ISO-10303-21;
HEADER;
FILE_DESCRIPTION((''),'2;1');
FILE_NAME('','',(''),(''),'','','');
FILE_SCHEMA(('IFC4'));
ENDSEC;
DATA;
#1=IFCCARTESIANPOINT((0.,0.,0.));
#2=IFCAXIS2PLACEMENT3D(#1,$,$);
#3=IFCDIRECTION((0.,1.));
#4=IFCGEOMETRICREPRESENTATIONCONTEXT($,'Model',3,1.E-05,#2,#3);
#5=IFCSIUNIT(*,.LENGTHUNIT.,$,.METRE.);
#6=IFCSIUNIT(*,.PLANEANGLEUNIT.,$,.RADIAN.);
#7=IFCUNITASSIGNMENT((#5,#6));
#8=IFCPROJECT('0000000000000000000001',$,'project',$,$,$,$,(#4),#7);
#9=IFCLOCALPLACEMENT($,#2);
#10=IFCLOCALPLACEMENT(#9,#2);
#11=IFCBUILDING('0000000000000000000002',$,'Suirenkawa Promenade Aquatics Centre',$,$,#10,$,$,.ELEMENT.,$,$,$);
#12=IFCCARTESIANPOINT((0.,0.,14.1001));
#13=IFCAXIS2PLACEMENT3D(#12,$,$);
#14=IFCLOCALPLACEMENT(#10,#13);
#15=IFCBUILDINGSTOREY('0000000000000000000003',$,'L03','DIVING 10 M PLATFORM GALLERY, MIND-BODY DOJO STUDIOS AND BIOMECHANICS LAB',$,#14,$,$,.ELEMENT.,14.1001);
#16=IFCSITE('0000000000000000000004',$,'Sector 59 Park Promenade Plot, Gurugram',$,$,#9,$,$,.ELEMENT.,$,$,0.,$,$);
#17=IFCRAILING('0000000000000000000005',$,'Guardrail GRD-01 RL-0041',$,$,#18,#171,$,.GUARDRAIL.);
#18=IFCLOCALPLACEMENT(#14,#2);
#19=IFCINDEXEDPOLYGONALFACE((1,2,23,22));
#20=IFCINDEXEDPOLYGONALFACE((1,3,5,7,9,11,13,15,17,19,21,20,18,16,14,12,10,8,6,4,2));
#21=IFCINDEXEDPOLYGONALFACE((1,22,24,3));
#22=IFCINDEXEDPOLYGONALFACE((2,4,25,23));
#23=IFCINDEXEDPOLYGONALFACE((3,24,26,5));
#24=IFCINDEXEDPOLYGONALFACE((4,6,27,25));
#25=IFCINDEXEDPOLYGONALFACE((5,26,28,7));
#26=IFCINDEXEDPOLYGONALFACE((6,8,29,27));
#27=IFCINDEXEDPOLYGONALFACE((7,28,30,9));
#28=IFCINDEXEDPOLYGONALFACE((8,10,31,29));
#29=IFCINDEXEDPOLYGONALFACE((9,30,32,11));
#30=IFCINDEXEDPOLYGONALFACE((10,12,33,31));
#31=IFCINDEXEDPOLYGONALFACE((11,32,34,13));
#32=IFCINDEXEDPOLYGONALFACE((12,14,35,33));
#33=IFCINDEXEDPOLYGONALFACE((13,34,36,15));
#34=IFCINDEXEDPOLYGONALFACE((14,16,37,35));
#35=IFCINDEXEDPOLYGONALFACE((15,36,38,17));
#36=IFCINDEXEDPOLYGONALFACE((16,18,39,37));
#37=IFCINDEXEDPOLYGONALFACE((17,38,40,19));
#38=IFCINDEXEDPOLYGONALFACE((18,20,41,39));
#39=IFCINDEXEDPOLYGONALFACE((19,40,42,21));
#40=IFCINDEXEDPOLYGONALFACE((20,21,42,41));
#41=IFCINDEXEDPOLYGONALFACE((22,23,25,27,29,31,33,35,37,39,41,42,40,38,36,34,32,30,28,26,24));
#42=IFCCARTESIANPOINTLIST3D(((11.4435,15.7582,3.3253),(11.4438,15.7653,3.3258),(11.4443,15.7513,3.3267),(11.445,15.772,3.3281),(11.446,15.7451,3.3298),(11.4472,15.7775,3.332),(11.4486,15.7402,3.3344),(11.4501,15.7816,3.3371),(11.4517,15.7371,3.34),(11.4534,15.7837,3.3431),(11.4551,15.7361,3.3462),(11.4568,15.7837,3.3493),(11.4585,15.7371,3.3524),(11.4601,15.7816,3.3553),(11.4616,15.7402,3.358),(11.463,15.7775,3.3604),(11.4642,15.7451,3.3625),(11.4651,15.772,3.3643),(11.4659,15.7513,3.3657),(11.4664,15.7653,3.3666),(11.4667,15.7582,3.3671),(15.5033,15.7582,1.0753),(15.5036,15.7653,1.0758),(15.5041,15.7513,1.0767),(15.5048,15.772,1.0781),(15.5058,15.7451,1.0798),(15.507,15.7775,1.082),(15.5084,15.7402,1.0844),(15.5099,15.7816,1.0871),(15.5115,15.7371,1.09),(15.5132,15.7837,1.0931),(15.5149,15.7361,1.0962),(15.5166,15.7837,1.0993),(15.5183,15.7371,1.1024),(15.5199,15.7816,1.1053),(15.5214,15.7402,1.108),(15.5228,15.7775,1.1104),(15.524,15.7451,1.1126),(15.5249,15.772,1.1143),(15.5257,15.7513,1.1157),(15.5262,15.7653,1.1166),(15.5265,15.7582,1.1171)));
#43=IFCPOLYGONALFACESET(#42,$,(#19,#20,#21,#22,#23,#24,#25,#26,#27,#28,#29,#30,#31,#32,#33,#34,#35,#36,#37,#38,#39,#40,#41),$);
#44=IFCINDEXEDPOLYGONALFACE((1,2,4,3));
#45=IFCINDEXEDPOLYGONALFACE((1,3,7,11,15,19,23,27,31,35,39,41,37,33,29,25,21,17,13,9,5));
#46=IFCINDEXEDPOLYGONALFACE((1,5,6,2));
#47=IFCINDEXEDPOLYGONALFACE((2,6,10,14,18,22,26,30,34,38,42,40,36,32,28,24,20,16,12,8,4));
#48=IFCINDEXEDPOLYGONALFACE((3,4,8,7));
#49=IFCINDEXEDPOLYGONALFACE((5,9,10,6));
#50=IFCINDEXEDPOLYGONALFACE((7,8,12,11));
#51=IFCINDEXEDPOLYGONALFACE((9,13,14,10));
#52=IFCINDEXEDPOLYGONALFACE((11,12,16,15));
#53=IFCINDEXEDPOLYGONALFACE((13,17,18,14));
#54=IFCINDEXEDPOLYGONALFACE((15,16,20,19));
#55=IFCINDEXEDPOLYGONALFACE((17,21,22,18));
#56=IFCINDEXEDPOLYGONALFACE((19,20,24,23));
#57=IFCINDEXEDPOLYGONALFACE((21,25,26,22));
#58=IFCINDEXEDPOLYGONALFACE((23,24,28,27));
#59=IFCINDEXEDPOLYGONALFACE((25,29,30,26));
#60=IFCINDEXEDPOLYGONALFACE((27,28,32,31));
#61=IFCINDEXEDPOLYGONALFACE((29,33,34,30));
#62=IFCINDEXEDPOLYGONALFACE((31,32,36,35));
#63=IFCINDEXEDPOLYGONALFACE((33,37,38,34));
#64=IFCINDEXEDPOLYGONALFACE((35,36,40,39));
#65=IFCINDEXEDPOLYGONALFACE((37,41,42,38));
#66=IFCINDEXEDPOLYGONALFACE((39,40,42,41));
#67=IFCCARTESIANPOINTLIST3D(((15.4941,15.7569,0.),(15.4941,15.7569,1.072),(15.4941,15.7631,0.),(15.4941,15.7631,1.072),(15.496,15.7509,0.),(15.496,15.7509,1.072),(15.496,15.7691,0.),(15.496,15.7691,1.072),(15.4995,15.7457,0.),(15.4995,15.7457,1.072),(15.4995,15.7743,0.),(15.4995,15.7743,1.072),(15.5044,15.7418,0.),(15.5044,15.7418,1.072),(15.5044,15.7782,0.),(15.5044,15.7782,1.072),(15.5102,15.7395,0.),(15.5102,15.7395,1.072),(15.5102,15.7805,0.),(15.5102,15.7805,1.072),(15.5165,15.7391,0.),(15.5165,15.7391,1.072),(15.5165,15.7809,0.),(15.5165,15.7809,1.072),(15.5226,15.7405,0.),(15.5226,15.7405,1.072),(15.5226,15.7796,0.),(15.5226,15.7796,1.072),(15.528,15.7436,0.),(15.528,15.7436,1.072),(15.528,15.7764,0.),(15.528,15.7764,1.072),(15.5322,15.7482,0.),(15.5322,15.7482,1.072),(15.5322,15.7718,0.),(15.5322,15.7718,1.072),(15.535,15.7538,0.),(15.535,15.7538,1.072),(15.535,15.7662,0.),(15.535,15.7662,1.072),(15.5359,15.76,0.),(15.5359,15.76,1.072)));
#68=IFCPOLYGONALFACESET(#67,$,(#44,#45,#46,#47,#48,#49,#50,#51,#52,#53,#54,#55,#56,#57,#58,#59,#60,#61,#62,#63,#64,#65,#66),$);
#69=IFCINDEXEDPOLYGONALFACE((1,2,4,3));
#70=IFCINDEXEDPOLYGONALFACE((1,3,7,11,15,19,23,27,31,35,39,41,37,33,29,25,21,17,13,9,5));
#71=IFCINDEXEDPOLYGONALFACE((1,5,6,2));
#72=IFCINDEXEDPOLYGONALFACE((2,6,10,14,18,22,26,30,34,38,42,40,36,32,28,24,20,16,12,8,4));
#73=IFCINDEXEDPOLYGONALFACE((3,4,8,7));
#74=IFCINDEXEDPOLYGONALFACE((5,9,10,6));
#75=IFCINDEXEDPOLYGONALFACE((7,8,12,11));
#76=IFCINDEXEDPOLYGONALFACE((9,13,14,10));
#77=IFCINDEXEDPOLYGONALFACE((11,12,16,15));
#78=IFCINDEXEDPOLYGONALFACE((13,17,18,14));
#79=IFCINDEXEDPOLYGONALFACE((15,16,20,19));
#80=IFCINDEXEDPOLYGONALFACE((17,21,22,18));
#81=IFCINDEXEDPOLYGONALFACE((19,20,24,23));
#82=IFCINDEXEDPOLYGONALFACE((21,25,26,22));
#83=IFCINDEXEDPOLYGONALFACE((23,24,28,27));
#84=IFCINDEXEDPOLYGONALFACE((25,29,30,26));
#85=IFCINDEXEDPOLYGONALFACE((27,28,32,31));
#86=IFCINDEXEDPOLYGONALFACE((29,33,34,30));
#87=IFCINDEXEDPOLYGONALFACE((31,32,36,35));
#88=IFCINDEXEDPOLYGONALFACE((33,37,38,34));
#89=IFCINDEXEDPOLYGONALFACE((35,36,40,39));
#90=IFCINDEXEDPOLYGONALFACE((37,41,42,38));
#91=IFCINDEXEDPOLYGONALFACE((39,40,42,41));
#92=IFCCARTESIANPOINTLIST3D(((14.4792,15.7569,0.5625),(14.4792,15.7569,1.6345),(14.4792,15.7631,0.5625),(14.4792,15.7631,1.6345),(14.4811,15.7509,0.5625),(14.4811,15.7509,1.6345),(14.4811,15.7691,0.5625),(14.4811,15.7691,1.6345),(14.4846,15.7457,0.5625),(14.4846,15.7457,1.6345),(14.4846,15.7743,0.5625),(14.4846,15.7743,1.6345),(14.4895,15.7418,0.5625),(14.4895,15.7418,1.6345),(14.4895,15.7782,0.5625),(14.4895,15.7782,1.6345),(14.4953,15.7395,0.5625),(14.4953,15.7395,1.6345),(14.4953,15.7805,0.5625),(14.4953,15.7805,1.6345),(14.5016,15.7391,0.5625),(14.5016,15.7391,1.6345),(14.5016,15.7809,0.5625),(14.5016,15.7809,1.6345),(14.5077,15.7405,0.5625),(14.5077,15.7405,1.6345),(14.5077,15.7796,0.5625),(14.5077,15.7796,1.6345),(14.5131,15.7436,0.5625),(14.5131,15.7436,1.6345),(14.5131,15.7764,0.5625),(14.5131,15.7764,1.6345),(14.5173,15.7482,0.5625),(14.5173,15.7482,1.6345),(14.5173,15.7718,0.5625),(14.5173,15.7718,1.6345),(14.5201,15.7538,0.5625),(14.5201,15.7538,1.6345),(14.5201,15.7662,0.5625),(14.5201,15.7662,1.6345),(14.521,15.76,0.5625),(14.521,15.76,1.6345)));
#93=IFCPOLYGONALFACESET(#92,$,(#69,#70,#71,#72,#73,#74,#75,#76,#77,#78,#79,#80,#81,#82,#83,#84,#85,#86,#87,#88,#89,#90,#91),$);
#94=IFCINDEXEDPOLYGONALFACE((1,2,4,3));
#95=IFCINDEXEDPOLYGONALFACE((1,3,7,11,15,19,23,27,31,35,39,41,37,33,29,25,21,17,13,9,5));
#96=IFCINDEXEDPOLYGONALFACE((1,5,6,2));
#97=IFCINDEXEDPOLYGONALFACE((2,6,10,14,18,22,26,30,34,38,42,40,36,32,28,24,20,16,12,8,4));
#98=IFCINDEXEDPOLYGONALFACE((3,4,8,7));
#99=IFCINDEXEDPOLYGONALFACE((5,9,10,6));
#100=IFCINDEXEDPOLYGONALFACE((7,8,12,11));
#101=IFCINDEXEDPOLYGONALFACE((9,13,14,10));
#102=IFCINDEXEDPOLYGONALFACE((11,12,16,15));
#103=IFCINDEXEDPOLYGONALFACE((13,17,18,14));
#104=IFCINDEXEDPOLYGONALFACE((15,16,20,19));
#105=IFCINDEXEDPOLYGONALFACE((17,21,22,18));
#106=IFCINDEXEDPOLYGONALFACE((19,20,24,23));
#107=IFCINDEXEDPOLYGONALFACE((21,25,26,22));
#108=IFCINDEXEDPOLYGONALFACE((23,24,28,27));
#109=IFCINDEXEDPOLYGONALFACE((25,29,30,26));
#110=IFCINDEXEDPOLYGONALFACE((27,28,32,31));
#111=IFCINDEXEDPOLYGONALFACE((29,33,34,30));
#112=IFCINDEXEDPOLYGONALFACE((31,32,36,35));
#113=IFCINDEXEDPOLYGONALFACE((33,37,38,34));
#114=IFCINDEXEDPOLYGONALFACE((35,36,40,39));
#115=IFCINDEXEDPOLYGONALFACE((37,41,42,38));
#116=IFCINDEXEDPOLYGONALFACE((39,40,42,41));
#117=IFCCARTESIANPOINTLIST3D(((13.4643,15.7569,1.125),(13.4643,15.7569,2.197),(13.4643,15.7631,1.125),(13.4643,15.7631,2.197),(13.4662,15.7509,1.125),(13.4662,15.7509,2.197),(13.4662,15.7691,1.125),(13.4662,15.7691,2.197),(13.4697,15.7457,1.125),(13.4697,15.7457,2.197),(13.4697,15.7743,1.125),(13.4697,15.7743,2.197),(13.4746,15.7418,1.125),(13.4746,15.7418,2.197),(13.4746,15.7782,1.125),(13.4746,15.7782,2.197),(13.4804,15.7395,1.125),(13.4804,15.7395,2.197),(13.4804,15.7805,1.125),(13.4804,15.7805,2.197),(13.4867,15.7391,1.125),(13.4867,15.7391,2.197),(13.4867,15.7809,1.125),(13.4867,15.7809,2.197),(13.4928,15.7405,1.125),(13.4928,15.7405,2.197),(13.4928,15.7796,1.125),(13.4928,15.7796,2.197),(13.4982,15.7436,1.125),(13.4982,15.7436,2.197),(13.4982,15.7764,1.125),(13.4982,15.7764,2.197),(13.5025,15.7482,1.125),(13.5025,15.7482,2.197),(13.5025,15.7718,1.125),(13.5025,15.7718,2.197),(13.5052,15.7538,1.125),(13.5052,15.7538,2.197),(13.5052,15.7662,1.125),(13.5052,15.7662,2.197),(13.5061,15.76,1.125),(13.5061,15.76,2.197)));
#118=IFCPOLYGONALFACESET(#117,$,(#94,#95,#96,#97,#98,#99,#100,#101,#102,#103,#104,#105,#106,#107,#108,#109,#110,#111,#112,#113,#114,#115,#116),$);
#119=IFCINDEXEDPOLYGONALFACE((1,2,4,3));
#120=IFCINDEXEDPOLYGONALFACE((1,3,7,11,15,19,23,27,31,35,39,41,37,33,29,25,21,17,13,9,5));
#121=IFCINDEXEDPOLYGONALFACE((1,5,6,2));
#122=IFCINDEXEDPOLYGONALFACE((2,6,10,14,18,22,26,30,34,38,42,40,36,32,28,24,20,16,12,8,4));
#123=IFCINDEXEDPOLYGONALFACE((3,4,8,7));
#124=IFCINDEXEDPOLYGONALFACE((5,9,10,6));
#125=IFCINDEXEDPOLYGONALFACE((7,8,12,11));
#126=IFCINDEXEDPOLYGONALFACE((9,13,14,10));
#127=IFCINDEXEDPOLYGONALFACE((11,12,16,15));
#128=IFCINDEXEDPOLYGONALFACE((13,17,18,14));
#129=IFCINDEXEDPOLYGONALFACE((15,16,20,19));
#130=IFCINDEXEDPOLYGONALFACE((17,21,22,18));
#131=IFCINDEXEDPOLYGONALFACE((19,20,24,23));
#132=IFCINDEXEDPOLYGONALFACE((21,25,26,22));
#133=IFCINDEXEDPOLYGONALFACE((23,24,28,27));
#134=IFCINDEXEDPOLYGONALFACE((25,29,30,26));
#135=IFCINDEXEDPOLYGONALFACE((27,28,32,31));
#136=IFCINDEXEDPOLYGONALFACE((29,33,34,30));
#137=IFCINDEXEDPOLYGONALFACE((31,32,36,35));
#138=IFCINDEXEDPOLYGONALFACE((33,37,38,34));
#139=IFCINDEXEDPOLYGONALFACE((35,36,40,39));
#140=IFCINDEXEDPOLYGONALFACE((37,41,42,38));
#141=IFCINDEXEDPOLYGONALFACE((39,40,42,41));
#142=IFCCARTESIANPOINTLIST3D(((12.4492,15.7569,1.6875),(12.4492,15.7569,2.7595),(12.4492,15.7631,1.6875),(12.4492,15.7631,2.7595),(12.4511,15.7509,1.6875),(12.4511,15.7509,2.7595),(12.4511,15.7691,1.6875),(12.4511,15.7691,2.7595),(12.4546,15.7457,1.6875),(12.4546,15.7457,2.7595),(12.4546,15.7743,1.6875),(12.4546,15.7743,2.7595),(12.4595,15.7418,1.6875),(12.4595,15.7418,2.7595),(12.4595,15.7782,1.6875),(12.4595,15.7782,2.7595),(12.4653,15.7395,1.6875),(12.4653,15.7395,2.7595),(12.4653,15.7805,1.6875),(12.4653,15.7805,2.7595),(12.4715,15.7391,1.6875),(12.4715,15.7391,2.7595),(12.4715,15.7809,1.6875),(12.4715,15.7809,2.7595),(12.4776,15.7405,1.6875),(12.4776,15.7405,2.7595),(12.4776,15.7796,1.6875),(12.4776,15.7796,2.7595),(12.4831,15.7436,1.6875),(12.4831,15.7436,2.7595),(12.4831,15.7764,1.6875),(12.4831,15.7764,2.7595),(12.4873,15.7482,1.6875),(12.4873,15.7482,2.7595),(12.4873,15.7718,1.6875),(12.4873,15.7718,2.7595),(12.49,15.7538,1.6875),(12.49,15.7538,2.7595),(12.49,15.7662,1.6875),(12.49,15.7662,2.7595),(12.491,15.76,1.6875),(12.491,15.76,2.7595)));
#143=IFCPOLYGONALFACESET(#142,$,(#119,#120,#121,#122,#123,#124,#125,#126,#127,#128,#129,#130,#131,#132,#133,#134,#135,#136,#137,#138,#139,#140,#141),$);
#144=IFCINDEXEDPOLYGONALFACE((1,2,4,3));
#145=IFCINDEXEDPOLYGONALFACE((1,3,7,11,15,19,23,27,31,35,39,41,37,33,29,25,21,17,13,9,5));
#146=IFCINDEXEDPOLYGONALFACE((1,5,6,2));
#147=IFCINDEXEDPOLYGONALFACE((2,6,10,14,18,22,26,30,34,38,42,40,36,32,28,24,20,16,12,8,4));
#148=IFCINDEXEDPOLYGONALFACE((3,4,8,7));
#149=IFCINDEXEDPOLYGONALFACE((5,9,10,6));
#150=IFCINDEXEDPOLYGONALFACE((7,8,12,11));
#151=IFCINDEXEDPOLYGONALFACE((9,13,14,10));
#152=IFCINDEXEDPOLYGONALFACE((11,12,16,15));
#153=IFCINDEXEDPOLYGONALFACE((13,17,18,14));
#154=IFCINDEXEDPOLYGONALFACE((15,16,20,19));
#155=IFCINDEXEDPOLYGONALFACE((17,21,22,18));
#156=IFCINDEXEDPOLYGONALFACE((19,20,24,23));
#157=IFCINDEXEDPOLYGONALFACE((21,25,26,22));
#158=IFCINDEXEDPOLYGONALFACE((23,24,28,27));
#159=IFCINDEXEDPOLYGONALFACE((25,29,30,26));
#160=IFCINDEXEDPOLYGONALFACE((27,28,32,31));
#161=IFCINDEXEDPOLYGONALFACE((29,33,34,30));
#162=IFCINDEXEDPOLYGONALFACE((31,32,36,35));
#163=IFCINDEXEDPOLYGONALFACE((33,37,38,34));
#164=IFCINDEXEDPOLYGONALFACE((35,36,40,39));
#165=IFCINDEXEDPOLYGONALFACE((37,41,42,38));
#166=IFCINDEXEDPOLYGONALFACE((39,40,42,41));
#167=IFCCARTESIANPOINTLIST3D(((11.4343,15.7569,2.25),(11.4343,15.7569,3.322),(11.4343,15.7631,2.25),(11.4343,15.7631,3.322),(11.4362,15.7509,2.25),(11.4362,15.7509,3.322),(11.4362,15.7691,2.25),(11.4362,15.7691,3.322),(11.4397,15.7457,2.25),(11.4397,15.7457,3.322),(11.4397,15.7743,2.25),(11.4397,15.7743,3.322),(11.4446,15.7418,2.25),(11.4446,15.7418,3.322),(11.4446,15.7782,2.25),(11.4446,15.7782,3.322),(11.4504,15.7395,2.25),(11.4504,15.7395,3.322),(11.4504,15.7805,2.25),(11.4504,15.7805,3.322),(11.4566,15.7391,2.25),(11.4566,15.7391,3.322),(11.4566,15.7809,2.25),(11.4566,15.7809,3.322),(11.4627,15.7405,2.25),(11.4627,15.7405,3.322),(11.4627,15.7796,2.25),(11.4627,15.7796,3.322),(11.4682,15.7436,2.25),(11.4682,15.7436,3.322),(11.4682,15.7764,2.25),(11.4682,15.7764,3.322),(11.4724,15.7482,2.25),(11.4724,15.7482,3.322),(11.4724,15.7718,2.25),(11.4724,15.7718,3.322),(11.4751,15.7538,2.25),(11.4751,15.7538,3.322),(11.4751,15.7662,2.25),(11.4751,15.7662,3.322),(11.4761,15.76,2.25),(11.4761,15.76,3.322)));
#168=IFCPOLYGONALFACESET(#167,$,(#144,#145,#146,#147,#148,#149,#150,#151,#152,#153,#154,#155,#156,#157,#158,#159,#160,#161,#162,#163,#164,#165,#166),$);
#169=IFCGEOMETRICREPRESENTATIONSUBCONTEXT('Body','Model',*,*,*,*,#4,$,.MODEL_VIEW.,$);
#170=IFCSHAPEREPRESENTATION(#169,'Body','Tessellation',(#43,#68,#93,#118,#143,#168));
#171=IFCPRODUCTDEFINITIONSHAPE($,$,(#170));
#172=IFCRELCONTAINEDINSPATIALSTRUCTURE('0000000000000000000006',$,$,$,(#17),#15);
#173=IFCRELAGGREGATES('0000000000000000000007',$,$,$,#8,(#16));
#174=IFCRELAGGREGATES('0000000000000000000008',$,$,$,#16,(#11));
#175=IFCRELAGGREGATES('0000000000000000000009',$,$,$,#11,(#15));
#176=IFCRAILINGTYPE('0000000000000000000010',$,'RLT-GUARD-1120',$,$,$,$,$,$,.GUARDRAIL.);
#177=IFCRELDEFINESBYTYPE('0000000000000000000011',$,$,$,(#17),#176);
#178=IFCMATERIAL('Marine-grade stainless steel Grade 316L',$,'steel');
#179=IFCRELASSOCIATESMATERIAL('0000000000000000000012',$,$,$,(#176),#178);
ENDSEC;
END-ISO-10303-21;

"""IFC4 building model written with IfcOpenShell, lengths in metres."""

from ifc_helpers import new_model, si_unit, direction, frame, origin, origin_2d, place, context, subcontext, project, spatial, circle, extrude, material, type_object, element, save


model = new_model("IFC4")

# Units and contexts
model_context = context("Model", 3, precision=1e-05, world=origin(), true_north=direction((0.0, 1.0)))
body_context = subcontext(model_context, "Body", "Model", "MODEL_VIEW")
ifc_project = project(units=[si_unit("LENGTHUNIT", "METRE"), si_unit("PLANEANGLEUNIT", "RADIAN")], contexts=[model_context])

# Site, building, storey
site_placement = place(None, origin())
site = spatial("IfcSite", under=ifc_project, at=site_placement, Name="Sector 59 Park Promenade Plot, Gurugram", CompositionType="ELEMENT", RefElevation=0.0)
building_placement = place(site_placement, origin())
building = spatial("IfcBuilding", under=site, at=building_placement, Name="Suirenkawa Promenade Aquatics Centre", CompositionType="ELEMENT")
storey_placement = place(building_placement, frame((0.0, 0.0, 14.1001)))
storey = spatial("IfcBuildingStorey", under=building, at=storey_placement, Name="L03", Description="DIVING 10 M PLATFORM GALLERY, MIND-BODY DOJO STUDIOS AND BIOMECHANICS LAB", CompositionType="ELEMENT", Elevation=14.1001)

# Shared definitions
ifc_material_1 = material(Name="Marine-grade stainless steel Grade 316L", Category="steel")

# Railing
railing_type_1 = type_object("IfcRailingType", Name="RLT-GUARD-1120", PredefinedType="GUARDRAIL", material=ifc_material_1)
railing_1_placement = place(storey_placement, frame((15.5149, 15.76, 0.0)))
element("IfcRailing", 1, at=railing_1_placement, inside=storey, type_object=railing_type_1, Name="Guardrail GRD-01 RL-0041", PredefinedType="GUARDRAIL", context=body_context, shape_type="SweptSolid", body=[
    extrude(circle(Radius=0.0239, at=origin_2d()), frame((0.0, 0.0, 1.0962), z_axis=(-0.874656, 0.0, 0.484745), x_axis=(0.0, -1.0, 0.0)), (0.0, 0.0, 1.0), 4.6416),
    extrude(circle(Radius=0.021, at=origin_2d()), origin(), (0.0, 0.0, 1.0), 1.072),
    extrude(circle(Radius=0.021, at=origin_2d()), frame((-1.0149, 0.0, 0.5625)), (0.0, 0.0, 1.0), 1.072),
    extrude(circle(Radius=0.021, at=origin_2d()), frame((-2.0298, 0.0, 1.125)), (0.0, 0.0, 1.0), 1.072),
    extrude(circle(Radius=0.021, at=origin_2d()), frame((-3.0449, 0.0, 1.6875)), (0.0, 0.0, 1.0), 1.072),
    extrude(circle(Radius=0.021, at=origin_2d()), frame((-4.0598, 0.0, 2.25)), (0.0, 0.0, 1.0), 1.072),
])

save(model, "model.ifc")
